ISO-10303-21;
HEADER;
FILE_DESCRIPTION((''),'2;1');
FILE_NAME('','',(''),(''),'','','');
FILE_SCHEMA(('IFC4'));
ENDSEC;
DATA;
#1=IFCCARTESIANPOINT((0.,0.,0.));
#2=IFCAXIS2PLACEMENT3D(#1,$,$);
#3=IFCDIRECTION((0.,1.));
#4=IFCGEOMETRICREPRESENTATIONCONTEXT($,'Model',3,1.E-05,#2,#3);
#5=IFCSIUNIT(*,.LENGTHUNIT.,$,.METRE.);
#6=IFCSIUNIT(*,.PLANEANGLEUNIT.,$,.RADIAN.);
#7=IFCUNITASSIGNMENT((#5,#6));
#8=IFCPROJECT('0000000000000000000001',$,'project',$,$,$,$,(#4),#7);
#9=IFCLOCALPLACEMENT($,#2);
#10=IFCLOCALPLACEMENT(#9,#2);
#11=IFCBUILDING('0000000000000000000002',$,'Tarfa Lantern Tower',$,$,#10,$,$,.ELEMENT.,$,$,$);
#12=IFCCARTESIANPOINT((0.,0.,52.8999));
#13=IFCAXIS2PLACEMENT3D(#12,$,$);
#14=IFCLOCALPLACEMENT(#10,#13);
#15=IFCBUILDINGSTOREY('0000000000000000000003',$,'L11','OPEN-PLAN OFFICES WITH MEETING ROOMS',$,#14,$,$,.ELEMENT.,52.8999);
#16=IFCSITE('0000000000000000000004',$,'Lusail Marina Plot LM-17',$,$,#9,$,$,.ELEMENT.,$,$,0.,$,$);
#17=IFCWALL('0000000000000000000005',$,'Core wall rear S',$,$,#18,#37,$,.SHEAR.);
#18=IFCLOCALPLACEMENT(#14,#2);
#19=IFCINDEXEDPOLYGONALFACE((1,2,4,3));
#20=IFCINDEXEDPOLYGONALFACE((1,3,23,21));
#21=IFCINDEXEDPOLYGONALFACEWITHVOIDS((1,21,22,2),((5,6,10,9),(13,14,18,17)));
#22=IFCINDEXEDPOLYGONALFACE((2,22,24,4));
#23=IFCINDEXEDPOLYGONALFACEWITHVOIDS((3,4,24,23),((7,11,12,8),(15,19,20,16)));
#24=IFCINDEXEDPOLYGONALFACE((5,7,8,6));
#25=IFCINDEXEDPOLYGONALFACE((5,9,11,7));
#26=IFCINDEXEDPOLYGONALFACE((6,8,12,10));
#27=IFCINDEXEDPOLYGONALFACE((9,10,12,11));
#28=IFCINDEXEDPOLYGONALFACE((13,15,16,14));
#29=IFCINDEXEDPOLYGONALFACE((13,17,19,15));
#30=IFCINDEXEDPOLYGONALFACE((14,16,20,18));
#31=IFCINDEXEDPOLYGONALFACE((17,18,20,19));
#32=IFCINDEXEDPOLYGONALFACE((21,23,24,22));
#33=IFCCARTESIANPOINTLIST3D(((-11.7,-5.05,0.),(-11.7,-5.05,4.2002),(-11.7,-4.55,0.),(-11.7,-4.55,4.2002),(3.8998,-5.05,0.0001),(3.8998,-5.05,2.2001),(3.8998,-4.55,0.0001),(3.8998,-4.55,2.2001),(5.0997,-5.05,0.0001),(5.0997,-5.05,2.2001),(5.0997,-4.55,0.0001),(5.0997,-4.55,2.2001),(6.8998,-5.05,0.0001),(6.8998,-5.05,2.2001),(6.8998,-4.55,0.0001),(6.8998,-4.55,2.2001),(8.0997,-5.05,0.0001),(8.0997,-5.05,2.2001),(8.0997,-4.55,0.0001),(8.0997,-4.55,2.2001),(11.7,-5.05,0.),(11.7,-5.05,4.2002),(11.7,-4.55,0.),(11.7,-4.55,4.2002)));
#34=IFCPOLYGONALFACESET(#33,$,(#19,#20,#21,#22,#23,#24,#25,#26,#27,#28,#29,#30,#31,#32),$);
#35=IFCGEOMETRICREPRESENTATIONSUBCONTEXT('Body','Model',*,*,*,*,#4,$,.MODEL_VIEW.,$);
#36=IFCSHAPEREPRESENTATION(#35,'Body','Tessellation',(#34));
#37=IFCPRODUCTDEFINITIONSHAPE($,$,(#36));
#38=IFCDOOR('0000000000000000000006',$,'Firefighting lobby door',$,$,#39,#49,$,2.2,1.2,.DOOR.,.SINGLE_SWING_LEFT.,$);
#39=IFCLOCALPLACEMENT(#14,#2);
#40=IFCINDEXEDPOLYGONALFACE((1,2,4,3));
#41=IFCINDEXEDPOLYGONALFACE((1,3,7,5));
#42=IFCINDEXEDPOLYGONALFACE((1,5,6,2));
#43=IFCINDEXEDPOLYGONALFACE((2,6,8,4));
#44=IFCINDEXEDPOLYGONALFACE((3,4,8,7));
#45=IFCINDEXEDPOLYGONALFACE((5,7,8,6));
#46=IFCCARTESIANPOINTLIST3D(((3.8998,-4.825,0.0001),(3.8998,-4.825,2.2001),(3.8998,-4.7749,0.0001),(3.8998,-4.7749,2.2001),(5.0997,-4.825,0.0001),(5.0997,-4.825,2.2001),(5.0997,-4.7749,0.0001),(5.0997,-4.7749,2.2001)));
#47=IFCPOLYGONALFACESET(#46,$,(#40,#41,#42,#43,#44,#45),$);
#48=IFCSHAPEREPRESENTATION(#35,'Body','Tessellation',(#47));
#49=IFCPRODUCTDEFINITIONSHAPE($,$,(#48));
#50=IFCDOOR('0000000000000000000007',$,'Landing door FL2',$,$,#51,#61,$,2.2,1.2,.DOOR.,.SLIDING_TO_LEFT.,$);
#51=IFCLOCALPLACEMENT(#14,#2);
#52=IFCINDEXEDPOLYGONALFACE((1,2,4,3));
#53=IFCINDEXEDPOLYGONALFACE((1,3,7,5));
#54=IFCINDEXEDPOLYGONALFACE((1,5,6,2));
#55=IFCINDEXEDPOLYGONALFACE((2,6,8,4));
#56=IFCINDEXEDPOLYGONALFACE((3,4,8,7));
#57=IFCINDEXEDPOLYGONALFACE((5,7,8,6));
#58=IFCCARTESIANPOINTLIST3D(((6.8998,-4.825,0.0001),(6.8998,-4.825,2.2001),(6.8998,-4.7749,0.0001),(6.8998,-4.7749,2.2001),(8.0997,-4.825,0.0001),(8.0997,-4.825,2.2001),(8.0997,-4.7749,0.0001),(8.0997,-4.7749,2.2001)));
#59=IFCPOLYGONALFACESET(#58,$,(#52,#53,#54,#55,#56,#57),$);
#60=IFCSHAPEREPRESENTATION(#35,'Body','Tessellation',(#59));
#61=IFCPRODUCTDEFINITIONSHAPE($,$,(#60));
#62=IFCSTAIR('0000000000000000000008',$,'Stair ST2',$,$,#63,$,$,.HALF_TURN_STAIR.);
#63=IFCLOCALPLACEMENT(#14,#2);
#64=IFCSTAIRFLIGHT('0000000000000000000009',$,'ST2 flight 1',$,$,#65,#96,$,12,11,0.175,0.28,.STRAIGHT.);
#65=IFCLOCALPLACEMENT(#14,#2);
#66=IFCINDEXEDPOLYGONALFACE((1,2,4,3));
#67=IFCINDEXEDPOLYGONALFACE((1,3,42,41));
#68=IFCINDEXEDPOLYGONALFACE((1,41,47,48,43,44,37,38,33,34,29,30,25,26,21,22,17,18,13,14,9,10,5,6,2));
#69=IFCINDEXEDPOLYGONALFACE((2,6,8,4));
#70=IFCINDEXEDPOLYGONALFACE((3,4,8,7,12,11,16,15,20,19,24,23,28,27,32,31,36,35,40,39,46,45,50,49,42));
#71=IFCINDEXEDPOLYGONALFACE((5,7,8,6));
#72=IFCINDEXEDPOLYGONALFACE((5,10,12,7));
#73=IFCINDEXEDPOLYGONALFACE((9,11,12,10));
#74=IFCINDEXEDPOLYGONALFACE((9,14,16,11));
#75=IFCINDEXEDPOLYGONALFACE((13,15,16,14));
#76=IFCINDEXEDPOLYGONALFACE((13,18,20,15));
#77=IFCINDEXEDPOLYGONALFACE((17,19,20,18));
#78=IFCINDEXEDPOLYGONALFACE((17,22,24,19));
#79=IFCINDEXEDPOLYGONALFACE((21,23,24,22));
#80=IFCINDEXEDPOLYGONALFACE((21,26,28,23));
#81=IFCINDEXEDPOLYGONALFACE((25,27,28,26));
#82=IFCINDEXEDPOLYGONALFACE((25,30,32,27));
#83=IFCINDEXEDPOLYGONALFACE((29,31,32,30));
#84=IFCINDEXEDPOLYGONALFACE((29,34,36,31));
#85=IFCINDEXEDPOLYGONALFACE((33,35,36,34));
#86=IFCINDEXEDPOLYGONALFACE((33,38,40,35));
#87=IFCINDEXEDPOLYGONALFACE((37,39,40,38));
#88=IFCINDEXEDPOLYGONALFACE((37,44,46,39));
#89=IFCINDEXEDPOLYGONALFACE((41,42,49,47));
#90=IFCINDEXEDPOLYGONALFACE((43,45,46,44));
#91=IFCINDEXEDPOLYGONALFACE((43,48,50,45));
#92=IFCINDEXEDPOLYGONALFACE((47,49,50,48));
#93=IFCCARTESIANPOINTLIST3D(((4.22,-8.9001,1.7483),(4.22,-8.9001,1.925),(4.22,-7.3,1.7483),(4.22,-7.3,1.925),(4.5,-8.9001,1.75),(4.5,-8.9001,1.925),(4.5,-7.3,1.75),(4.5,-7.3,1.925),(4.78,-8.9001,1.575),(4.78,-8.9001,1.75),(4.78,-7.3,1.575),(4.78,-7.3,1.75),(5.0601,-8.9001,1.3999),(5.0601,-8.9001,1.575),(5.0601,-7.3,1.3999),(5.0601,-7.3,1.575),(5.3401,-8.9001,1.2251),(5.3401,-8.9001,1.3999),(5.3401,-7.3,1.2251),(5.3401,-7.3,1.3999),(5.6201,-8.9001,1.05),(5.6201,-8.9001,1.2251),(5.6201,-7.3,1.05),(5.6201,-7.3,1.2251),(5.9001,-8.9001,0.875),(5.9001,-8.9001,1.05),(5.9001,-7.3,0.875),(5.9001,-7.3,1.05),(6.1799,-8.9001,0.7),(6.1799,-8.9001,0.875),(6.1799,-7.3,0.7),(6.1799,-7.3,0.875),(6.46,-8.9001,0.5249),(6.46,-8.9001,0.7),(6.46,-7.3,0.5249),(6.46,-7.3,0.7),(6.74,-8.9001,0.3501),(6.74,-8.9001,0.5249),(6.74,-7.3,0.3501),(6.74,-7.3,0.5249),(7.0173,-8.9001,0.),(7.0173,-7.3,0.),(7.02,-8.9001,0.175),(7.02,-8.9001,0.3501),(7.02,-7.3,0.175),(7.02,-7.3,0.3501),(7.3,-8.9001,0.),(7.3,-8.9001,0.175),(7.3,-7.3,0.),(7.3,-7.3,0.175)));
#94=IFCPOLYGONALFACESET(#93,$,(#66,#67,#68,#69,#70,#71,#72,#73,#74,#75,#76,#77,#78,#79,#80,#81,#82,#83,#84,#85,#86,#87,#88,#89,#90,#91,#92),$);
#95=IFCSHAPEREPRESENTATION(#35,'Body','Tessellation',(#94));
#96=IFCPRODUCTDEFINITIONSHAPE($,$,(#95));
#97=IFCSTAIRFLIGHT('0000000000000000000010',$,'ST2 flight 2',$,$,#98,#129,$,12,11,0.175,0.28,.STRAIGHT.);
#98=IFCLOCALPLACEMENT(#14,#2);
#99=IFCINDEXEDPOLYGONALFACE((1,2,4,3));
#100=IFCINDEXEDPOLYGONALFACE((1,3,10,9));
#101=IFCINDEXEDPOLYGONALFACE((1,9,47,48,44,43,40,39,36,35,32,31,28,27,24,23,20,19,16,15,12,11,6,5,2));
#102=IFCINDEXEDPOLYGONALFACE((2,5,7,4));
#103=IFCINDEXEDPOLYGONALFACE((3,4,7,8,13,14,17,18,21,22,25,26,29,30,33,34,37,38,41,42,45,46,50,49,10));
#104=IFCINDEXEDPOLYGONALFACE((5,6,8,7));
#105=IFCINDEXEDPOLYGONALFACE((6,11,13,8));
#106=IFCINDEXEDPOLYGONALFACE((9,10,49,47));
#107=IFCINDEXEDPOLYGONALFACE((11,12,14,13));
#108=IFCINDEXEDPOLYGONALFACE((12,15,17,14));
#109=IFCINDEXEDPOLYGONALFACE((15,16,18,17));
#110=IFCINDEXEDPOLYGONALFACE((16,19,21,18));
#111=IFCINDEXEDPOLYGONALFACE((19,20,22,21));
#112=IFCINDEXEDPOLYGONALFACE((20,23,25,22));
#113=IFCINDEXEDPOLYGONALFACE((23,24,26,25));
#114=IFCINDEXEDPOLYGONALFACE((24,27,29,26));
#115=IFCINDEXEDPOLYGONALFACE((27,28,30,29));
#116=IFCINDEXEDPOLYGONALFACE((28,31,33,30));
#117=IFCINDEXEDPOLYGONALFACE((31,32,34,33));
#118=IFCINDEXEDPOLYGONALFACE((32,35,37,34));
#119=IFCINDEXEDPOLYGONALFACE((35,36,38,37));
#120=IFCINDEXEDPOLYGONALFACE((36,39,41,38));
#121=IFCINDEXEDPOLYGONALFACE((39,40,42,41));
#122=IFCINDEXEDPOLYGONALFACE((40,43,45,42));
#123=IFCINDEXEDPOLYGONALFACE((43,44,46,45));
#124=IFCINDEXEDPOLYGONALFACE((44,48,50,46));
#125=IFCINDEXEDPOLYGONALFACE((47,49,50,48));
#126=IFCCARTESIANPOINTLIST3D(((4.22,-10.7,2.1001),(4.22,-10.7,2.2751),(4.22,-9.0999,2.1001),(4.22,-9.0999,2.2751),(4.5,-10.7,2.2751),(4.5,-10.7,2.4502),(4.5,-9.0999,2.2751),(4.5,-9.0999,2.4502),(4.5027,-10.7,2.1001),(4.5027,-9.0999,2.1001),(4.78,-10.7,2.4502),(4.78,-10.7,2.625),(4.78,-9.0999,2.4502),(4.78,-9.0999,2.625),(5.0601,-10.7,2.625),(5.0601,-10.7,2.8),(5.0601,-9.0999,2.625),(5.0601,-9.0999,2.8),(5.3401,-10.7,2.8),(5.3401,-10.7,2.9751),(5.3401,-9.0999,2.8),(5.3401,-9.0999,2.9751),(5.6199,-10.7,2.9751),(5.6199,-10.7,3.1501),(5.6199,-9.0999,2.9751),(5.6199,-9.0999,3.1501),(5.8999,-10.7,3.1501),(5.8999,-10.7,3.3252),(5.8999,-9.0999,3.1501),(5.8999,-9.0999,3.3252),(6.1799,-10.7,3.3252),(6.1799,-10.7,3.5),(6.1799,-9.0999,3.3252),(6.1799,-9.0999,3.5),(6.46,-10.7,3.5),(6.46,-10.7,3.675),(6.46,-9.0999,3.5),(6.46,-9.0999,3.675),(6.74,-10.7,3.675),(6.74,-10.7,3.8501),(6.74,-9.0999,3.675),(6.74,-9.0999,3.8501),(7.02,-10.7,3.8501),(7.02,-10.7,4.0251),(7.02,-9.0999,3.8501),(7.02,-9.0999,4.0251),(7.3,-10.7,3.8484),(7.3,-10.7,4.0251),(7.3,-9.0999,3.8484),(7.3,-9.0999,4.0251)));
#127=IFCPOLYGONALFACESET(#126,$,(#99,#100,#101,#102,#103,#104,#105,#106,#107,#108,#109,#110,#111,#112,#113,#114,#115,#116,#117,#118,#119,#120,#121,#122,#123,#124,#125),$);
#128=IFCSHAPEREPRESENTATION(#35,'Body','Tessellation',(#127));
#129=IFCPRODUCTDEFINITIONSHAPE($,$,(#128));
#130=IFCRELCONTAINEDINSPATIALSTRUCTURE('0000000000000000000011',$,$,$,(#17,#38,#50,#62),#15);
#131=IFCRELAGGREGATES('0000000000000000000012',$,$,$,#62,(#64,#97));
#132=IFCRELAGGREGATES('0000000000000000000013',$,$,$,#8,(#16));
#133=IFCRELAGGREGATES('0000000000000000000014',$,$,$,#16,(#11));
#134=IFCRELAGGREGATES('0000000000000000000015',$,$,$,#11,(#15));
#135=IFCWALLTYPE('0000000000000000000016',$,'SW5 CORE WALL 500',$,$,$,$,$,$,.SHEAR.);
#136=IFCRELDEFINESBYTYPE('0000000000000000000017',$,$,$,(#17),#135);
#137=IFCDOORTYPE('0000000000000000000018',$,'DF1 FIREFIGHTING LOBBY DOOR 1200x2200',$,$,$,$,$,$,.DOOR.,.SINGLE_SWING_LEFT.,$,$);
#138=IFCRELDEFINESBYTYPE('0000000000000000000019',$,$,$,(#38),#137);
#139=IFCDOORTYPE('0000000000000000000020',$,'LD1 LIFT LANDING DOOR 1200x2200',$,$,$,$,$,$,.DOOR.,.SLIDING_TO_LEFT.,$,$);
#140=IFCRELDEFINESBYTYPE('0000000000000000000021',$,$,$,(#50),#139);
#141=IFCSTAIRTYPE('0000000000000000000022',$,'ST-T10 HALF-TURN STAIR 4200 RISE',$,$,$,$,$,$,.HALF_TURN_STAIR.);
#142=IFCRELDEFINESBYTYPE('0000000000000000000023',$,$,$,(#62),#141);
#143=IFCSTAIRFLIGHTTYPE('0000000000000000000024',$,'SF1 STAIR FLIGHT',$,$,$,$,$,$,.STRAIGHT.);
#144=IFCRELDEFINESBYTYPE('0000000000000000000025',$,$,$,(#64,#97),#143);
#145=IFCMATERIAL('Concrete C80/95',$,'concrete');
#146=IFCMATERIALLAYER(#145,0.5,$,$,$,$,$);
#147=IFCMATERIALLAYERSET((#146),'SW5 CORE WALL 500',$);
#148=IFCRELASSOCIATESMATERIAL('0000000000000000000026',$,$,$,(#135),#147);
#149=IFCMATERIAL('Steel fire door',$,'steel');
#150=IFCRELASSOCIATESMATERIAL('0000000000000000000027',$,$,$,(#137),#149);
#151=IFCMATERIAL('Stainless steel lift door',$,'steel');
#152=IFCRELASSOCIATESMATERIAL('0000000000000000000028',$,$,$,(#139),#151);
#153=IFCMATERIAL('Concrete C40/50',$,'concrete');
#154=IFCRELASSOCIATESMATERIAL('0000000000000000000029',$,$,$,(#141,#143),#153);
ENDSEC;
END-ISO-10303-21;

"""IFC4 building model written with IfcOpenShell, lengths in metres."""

from ifc_helpers import new_model, si_unit, direction, frame, frame_2d, origin, place, context, subcontext, project, spatial, polyline, rectangle, outline, extrude, material, layer, layer_set, type_object, element, fill, aggregate, save


model = new_model("IFC4")

# Units and contexts
model_context = context("Model", 3, precision=1e-05, world=origin(), true_north=direction((0.0, 1.0)))
body_context = subcontext(model_context, "Body", "Model", "MODEL_VIEW")
ifc_project = project(units=[si_unit("LENGTHUNIT", "METRE"), si_unit("PLANEANGLEUNIT", "RADIAN")], contexts=[model_context])

# Site, building, storey
site_placement = place(None, origin())
site = spatial("IfcSite", under=ifc_project, at=site_placement, Name="Lusail Marina Plot LM-17", CompositionType="ELEMENT", RefElevation=0.0)
building_placement = place(site_placement, origin())
building = spatial("IfcBuilding", under=site, at=building_placement, Name="Tarfa Lantern Tower", CompositionType="ELEMENT")
storey_placement = place(building_placement, frame((0.0, 0.0, 52.8999)))
storey = spatial("IfcBuildingStorey", under=building, at=storey_placement, Name="L11", Description="OPEN-PLAN OFFICES WITH MEETING ROOMS", CompositionType="ELEMENT", Elevation=52.8999)

# Shared definitions
ifc_material_1 = material(Name="Concrete C80/95", Category="concrete")

# Shared definitions
ifc_material_2 = material(Name="Steel fire door", Category="steel")

# Wall, openings, doors
ifc_layer_1 = layer(ifc_material_1, 0.5)
ifc_layer_set_1 = layer_set([ifc_layer_1], Name="SW5 CORE WALL 500")
wall_type_1 = type_object("IfcWallType", Name="SW5 CORE WALL 500", PredefinedType="SHEAR", material=ifc_layer_set_1)
wall_1_placement = place(storey_placement, frame((11.7, -4.8, 0.0), z_axis=(0.0, 0.0, 1.0), x_axis=(-1.0, 0.0, 0.0)))
wall_1 = element("IfcWall", 1, at=wall_1_placement, inside=storey, type_object=wall_type_1, Name="Core wall rear S", PredefinedType="SHEAR", context=body_context, shape_type="SweptSolid", body=[
    extrude(rectangle(XDim=23.3999, YDim=0.5, at=frame_2d((11.7, 0.0))), origin(), (0.0, 0.0, 1.0), 4.2002),
])
opening_1_placement = place(wall_1_placement, frame((6.6001, 0.0, 0.0)))
opening_1 = element("IfcOpeningElement", 2, at=opening_1_placement, cuts=wall_1, PredefinedType="OPENING", context=body_context, shape_type="SweptSolid", body=[
    extrude(rectangle(XDim=1.2, YDim=2.2, at=frame_2d((0.6001, 1.1001))), frame((0.0, 0.26, 0.0), z_axis=(0.0, -1.0, 0.0), x_axis=(1.0, 0.0, 0.0)), (0.0, 0.0, 1.0), 0.52),
])
opening_2_placement = place(wall_1_placement, frame((3.6001, 0.0, 0.0)))
opening_2 = element("IfcOpeningElement", 3, at=opening_2_placement, cuts=wall_1, PredefinedType="OPENING", context=body_context, shape_type="SweptSolid", body=[
    extrude(rectangle(XDim=1.2, YDim=2.2, at=frame_2d((0.6001, 1.1001))), frame((0.0, 0.26, 0.0), z_axis=(0.0, -1.0, 0.0), x_axis=(1.0, 0.0, 0.0)), (0.0, 0.0, 1.0), 0.52),
])
door_type_1 = type_object("IfcDoorType", Name="DF1 FIREFIGHTING LOBBY DOOR 1200x2200", OperationType="SINGLE_SWING_LEFT", PredefinedType="DOOR", material=ifc_material_2)
door_1_placement = place(opening_1_placement, origin())
door_1 = element("IfcDoor", 4, at=door_1_placement, inside=storey, type_object=door_type_1, Name="Firefighting lobby door", OperationType="SINGLE_SWING_LEFT", OverallHeight=2.2, OverallWidth=1.2, PredefinedType="DOOR", context=body_context, shape_type="SweptSolid", body=[
    extrude(rectangle(XDim=1.2, YDim=2.2, at=frame_2d((0.6001, 1.1001))), frame((0.0, 0.0249, 0.0), z_axis=(0.0, -1.0, 0.0), x_axis=(1.0, 0.0, 0.0)), (0.0, 0.0, 1.0), 0.05),
])
fill(opening_1, door_1)
ifc_material_3 = material(Name="Stainless steel lift door", Category="steel")
door_type_2 = type_object("IfcDoorType", Name="LD1 LIFT LANDING DOOR 1200x2200", OperationType="SLIDING_TO_LEFT", PredefinedType="DOOR", material=ifc_material_3)
door_2_placement = place(opening_2_placement, origin())
door_2 = element("IfcDoor", 5, at=door_2_placement, inside=storey, type_object=door_type_2, Name="Landing door FL2", OperationType="SLIDING_TO_LEFT", OverallHeight=2.2, OverallWidth=1.2, PredefinedType="DOOR", context=body_context, shape_type="SweptSolid", body=[
    extrude(rectangle(XDim=1.2, YDim=2.2, at=frame_2d((0.6001, 1.1001))), frame((0.0, 0.0249, 0.0), z_axis=(0.0, -1.0, 0.0), x_axis=(1.0, 0.0, 0.0)), (0.0, 0.0, 1.0), 0.05),
])
fill(opening_2, door_2)

# Stair, stair flights
ifc_material_4 = material(Name="Concrete C40/50", Category="concrete")
stair_type = type_object("IfcStairType", Name="ST-T10 HALF-TURN STAIR 4200 RISE", PredefinedType="HALF_TURN_STAIR", material=ifc_material_4)
stair_placement = place(storey_placement, origin())
stair = element("IfcStair", 6, at=stair_placement, inside=storey, type_object=stair_type, Name="Stair ST2", PredefinedType="HALF_TURN_STAIR")
stair_flight_type = type_object("IfcStairFlightType", Name="SF1 STAIR FLIGHT", PredefinedType="STRAIGHT", material=ifc_material_4)
stair_flight_1_placement = place(storey_placement, frame((7.3, -8.1001, 0.0), z_axis=(0.0, 0.0, 1.0), x_axis=(-1.0, 0.0, 0.0)))
stair_flight_1 = element("IfcStairFlight", 7, at=stair_flight_1_placement, type_object=stair_flight_type, Name="ST2 flight 1", NumberOfRisers=12, NumberOfTreads=11, PredefinedType="STRAIGHT", RiserHeight=0.175, TreadLength=0.28, context=body_context, shape_type="SweptSolid", body=[
    extrude(outline(polyline([(0.0, 0.0), (0.0, 0.175), (0.28, 0.175), (0.28, 0.3501), (0.5601, 0.3501), (0.5601, 0.5249), (0.8401, 0.5249), (0.8401, 0.7), (1.1201, 0.7), (1.1201, 0.875), (1.3999, 0.875), (1.3999, 1.05), (1.6799, 1.05), (1.6799, 1.2251), (1.96, 1.2251), (1.96, 1.3999), (2.24, 1.3999), (2.24, 1.575), (2.52, 1.575), (2.52, 1.75), (2.8, 1.75), (2.8, 1.925), (3.0801, 1.925), (3.0801, 2.1001), (3.0801, 1.7483), (0.2827, 0.0), (0.0, 0.0)])), frame((0.0, 0.8, 0.0), z_axis=(0.0, -1.0, 0.0), x_axis=(1.0, 0.0, 0.0)), (0.0, 0.0, 1.0), 1.6001),
])
stair_flight_2_placement = place(storey_placement, frame((4.22, -9.8999, 2.1001), z_axis=(0.0, 0.0, 1.0), x_axis=(1.0, 0.0, 0.0)))
stair_flight_2 = element("IfcStairFlight", 8, at=stair_flight_2_placement, type_object=stair_flight_type, Name="ST2 flight 2", NumberOfRisers=12, NumberOfTreads=11, PredefinedType="STRAIGHT", RiserHeight=0.175, TreadLength=0.28, context=body_context, shape_type="SweptSolid", body=[
    extrude(outline(polyline([(0.0, 0.0), (0.0, 0.175), (0.28, 0.175), (0.28, 0.3501), (0.5601, 0.3501), (0.5601, 0.5249), (0.8401, 0.5249), (0.8401, 0.7), (1.1201, 0.7), (1.1201, 0.875), (1.3999, 0.875), (1.3999, 1.05), (1.6799, 1.05), (1.6799, 1.2251), (1.96, 1.2251), (1.96, 1.3999), (2.24, 1.3999), (2.24, 1.575), (2.52, 1.575), (2.52, 1.75), (2.8, 1.75), (2.8, 1.925), (3.0801, 1.925), (3.0801, 2.1001), (3.0801, 1.7483), (0.2827, 0.0), (0.0, 0.0)])), frame((0.0, 0.8, 0.0), z_axis=(0.0, -1.0, 0.0), x_axis=(1.0, 0.0, 0.0)), (0.0, 0.0, 1.0), 1.6001),
])
aggregate(stair, [stair_flight_1, stair_flight_2])

save(model, "model.ifc")
